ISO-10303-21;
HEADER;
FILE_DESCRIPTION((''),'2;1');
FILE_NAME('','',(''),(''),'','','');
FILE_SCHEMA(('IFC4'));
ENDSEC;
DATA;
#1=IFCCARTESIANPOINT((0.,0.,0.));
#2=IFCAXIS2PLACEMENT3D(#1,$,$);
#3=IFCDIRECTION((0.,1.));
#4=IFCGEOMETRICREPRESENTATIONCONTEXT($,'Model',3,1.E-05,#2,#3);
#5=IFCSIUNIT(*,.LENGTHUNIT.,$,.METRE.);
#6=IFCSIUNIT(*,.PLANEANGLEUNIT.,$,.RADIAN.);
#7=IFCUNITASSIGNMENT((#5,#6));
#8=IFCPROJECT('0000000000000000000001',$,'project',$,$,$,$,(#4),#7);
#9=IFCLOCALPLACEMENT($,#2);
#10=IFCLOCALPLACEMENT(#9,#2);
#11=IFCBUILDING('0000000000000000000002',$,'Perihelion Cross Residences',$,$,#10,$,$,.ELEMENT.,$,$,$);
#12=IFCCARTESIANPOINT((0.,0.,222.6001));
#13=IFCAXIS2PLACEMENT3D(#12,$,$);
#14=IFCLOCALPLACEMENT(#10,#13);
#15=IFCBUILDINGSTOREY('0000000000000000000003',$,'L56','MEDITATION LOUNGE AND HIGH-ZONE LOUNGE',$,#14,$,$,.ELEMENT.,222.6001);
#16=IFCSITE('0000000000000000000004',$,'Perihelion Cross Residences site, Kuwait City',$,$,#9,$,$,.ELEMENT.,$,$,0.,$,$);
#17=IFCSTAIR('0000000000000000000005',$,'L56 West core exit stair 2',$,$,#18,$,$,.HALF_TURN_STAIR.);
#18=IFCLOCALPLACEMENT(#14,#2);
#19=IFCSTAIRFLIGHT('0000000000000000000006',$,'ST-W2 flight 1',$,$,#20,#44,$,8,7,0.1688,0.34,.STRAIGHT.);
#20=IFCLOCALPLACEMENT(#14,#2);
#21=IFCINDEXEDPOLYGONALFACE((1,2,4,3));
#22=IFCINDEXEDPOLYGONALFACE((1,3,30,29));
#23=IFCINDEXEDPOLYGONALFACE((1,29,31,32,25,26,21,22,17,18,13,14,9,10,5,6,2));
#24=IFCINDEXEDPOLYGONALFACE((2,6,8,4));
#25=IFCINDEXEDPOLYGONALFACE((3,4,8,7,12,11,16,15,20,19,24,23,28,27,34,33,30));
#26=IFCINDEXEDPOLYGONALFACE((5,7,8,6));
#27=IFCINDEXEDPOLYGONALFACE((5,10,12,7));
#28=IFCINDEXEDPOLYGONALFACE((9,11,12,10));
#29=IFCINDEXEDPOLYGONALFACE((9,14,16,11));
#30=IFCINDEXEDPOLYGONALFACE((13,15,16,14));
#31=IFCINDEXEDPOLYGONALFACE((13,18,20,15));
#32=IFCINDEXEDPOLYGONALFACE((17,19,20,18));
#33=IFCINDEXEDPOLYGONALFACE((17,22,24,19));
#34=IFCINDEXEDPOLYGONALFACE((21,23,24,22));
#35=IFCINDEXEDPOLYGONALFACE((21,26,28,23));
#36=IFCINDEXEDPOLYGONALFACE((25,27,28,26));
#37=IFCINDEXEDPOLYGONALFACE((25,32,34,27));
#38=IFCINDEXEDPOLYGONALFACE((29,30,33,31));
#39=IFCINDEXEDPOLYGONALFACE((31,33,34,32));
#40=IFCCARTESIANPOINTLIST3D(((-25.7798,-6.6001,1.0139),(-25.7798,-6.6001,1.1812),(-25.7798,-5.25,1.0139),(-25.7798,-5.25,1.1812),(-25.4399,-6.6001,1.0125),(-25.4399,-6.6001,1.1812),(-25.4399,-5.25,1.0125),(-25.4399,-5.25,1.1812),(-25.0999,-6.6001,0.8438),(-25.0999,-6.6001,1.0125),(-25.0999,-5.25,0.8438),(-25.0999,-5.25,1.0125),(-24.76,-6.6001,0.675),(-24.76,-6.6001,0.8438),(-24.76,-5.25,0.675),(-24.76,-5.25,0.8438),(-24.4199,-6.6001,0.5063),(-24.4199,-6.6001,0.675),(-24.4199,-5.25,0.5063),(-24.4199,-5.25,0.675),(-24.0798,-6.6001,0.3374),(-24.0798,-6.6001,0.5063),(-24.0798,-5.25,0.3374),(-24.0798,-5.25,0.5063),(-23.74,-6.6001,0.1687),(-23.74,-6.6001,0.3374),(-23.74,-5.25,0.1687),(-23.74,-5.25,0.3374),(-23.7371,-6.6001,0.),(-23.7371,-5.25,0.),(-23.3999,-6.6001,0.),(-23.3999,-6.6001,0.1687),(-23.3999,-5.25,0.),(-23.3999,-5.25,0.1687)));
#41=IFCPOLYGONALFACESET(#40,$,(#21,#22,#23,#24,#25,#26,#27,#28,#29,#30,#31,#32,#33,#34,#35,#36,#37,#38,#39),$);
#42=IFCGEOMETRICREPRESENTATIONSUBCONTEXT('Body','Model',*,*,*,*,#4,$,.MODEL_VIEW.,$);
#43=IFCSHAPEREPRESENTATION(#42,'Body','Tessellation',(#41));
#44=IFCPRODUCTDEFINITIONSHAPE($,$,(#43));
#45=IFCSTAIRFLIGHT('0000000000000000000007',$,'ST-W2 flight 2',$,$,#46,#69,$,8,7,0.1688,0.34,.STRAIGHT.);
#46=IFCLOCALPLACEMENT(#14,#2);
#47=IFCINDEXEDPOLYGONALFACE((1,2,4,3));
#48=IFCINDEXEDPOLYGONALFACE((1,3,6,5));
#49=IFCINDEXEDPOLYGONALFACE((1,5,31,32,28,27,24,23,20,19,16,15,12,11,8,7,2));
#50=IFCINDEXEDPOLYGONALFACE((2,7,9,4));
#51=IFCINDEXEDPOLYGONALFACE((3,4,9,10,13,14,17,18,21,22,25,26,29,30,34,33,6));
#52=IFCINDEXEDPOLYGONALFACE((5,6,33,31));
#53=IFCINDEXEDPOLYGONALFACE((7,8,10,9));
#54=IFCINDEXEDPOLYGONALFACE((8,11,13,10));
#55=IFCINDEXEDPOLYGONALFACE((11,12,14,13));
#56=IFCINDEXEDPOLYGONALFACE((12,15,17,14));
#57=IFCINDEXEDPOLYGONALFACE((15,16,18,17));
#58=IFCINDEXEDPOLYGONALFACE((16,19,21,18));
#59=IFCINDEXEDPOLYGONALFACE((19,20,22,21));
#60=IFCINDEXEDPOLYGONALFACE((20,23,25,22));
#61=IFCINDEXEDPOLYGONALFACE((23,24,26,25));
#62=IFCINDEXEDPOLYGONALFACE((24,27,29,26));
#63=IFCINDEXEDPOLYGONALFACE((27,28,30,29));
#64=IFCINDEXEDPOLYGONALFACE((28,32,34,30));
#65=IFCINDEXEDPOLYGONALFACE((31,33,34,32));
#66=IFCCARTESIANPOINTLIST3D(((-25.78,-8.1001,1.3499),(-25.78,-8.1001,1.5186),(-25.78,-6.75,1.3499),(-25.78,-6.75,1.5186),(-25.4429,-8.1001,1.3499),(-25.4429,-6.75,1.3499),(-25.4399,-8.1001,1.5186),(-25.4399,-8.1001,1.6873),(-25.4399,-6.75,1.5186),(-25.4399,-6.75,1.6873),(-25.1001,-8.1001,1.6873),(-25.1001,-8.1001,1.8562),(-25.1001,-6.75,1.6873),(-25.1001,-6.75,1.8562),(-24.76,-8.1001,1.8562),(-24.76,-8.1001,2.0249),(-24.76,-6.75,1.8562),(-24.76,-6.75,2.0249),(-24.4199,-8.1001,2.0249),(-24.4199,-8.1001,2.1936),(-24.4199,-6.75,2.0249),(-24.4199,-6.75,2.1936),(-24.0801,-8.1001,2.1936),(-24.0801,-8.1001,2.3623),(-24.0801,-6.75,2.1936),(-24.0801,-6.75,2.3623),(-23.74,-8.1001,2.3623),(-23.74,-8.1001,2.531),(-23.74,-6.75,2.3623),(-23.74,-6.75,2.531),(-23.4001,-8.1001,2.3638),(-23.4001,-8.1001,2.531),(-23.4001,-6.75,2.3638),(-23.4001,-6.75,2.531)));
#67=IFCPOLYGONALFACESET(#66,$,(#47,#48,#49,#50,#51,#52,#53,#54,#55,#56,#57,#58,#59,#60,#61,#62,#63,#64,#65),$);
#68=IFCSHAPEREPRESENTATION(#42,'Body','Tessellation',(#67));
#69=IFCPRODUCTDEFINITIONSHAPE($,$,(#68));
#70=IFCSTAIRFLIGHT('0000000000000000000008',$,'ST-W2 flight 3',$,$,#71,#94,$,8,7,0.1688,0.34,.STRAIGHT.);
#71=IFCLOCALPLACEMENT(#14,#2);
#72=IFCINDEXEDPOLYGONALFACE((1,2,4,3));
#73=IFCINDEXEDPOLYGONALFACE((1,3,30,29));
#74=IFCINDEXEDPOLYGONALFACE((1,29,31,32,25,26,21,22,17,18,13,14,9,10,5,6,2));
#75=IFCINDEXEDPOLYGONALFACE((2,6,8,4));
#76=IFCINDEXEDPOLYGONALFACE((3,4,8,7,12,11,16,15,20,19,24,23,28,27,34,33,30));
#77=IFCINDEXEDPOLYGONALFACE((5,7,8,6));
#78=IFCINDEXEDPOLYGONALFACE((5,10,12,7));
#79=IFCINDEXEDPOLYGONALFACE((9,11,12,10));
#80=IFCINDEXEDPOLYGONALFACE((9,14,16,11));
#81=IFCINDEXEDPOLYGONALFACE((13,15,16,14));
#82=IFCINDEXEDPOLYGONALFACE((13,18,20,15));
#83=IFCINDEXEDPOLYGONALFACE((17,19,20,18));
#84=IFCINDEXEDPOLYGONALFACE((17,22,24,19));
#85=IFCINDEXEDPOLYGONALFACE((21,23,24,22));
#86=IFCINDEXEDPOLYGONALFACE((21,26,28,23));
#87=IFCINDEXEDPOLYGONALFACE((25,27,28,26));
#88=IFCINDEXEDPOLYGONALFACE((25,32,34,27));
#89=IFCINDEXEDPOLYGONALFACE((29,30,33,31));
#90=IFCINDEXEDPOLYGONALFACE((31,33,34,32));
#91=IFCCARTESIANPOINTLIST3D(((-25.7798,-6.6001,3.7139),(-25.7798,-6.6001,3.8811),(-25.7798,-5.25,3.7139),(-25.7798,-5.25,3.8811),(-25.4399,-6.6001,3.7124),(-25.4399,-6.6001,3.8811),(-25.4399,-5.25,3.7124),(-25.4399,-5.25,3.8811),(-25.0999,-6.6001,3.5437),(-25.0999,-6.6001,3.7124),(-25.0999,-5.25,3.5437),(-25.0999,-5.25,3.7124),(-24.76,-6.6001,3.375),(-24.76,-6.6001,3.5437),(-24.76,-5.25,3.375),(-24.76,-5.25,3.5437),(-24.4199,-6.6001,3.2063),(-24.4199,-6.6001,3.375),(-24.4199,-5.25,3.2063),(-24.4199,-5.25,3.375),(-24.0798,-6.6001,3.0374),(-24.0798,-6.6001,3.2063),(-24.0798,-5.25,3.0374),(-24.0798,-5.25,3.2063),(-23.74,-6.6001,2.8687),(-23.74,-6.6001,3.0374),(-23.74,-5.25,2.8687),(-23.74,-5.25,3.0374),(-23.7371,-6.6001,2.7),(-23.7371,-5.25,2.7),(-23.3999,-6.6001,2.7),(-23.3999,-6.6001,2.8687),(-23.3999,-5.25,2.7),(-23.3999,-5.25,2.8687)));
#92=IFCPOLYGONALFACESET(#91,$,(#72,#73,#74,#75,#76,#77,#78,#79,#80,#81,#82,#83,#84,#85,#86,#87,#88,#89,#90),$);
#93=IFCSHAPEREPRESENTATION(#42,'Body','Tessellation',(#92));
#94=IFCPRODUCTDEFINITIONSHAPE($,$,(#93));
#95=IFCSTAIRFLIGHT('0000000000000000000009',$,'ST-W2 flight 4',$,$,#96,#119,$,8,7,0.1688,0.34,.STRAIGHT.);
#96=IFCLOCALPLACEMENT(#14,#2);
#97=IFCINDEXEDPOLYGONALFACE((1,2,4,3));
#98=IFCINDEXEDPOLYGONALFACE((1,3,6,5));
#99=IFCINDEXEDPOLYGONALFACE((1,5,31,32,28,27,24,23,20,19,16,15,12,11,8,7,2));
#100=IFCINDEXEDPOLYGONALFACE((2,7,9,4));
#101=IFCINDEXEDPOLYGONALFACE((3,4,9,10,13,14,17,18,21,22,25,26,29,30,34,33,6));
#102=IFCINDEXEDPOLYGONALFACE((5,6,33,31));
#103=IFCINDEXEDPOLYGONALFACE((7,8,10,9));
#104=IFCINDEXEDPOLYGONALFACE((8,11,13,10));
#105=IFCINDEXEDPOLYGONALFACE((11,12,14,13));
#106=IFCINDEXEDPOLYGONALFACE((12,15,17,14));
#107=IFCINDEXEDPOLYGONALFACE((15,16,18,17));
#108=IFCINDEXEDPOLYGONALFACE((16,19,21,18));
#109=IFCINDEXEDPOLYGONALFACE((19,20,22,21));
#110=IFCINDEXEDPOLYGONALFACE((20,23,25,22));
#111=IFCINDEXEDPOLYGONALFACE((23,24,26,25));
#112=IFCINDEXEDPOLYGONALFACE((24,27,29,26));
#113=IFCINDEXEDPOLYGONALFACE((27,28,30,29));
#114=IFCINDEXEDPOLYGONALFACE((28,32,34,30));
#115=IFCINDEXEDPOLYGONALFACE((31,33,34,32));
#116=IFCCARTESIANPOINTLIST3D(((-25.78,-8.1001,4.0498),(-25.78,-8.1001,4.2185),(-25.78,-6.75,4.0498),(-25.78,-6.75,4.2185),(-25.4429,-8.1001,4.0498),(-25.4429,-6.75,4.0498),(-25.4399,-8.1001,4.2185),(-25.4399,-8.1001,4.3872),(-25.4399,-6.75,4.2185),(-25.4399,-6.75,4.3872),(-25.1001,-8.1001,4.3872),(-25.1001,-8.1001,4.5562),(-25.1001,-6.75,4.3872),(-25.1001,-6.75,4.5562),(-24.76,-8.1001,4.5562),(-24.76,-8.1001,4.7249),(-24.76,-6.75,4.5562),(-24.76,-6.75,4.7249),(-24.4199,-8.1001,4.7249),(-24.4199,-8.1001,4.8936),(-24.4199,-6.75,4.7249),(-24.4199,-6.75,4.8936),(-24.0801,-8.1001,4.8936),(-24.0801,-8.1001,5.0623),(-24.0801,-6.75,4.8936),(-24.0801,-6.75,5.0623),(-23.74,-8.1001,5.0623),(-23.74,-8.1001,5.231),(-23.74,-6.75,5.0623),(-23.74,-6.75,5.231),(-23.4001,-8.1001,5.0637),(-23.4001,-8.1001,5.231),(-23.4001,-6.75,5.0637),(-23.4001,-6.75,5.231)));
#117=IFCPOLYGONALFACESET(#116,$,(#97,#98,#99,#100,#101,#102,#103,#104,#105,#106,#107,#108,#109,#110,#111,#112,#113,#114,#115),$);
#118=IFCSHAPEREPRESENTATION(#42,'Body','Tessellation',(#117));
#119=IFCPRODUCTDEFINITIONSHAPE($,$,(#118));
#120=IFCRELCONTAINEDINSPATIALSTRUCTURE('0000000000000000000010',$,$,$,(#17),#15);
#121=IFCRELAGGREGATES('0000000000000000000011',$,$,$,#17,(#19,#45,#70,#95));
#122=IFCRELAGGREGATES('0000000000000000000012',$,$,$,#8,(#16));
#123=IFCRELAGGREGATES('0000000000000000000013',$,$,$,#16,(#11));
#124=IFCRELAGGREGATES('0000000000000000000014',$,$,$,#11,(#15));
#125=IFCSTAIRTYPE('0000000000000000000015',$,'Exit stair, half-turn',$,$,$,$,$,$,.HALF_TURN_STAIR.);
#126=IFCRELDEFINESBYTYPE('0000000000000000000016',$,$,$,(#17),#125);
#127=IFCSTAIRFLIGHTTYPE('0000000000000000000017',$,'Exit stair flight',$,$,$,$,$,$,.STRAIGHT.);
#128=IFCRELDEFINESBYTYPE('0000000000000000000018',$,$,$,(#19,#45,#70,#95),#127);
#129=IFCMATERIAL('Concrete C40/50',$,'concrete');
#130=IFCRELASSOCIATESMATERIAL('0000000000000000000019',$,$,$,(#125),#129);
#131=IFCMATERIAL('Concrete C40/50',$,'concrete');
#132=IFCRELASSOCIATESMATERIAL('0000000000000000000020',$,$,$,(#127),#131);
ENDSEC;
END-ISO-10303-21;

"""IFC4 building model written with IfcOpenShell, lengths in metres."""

from ifc_helpers import new_model, si_unit, direction, frame, origin, place, context, subcontext, project, spatial, polyline, outline, extrude, material, type_object, element, aggregate, save


model = new_model("IFC4")

# Units and contexts
model_context = context("Model", 3, precision=1e-05, world=origin(), true_north=direction((0.0, 1.0)))
body_context = subcontext(model_context, "Body", "Model", "MODEL_VIEW")
ifc_project = project(units=[si_unit("LENGTHUNIT", "METRE"), si_unit("PLANEANGLEUNIT", "RADIAN")], contexts=[model_context])

# Site, building, storey
site_placement = place(None, origin())
site = spatial("IfcSite", under=ifc_project, at=site_placement, Name="Perihelion Cross Residences site, Kuwait City", CompositionType="ELEMENT", RefElevation=0.0)
building_placement = place(site_placement, origin())
building = spatial("IfcBuilding", under=site, at=building_placement, Name="Perihelion Cross Residences", CompositionType="ELEMENT")
storey_placement = place(building_placement, frame((0.0, 0.0, 222.6001)))
storey = spatial("IfcBuildingStorey", under=building, at=storey_placement, Name="L56", Description="MEDITATION LOUNGE AND HIGH-ZONE LOUNGE", CompositionType="ELEMENT", Elevation=222.6001)

# Stair, stair flights
ifc_material_1 = material(Name="Concrete C40/50", Category="concrete")
stair_type = type_object("IfcStairType", Name="Exit stair, half-turn", PredefinedType="HALF_TURN_STAIR", material=ifc_material_1)
stair_placement = place(storey_placement, origin())
stair = element("IfcStair", 1, at=stair_placement, inside=storey, type_object=stair_type, Name="L56 West core exit stair 2", PredefinedType="HALF_TURN_STAIR")
ifc_material_2 = material(Name="Concrete C40/50", Category="concrete")
stair_flight_type = type_object("IfcStairFlightType", Name="Exit stair flight", PredefinedType="STRAIGHT", material=ifc_material_2)
stair_flight_1_placement = place(storey_placement, frame((-23.3999, -5.925, 0.0), z_axis=(0.0, 0.0, 1.0), x_axis=(-1.0, 0.0, 0.0)))
stair_flight_1 = element("IfcStairFlight", 2, at=stair_flight_1_placement, type_object=stair_flight_type, Name="ST-W2 flight 1", NumberOfRisers=8, NumberOfTreads=7, PredefinedType="STRAIGHT", RiserHeight=0.1688, TreadLength=0.34, context=body_context, shape_type="SweptSolid", body=[
    extrude(outline(polyline([(0.0, 0.0), (0.0, 0.1687), (0.3401, 0.1687), (0.3401, 0.3374), (0.6799, 0.3374), (0.6799, 0.5063), (1.02, 0.5063), (1.02, 0.675), (1.3601, 0.675), (1.3601, 0.8438), (1.7, 0.8438), (1.7, 1.0125), (2.04, 1.0125), (2.04, 1.1812), (2.3799, 1.1812), (2.3799, 1.3501), (2.3799, 1.0139), (0.3372, 0.0), (0.0, 0.0)])), frame((0.0, 0.675, 0.0), z_axis=(0.0, -1.0, 0.0), x_axis=(1.0, 0.0, 0.0)), (0.0, 0.0, 1.0), 1.3501),
])
stair_flight_2_placement = place(storey_placement, frame((-25.78, -7.425, 1.3499), z_axis=(0.0, 0.0, 1.0), x_axis=(1.0, 0.0, 0.0)))
stair_flight_2 = element("IfcStairFlight", 3, at=stair_flight_2_placement, type_object=stair_flight_type, Name="ST-W2 flight 2", NumberOfRisers=8, NumberOfTreads=7, PredefinedType="STRAIGHT", RiserHeight=0.1688, TreadLength=0.34, context=body_context, shape_type="SweptSolid", body=[
    extrude(outline(polyline([(0.0, 0.0), (0.0, 0.1687), (0.3401, 0.1687), (0.3401, 0.3374), (0.6799, 0.3374), (0.6799, 0.5063), (1.02, 0.5063), (1.02, 0.675), (1.3601, 0.675), (1.3601, 0.8438), (1.7, 0.8438), (1.7, 1.0125), (2.04, 1.0125), (2.04, 1.1812), (2.3799, 1.1812), (2.3799, 1.3501), (2.3799, 1.0139), (0.3372, 0.0), (0.0, 0.0)])), frame((0.0, 0.675, 0.0), z_axis=(0.0, -1.0, 0.0), x_axis=(1.0, 0.0, 0.0)), (0.0, 0.0, 1.0), 1.3501),
])
stair_flight_3_placement = place(storey_placement, frame((-23.3999, -5.925, 2.7), z_axis=(0.0, 0.0, 1.0), x_axis=(-1.0, 0.0, 0.0)))
stair_flight_3 = element("IfcStairFlight", 4, at=stair_flight_3_placement, type_object=stair_flight_type, Name="ST-W2 flight 3", NumberOfRisers=8, NumberOfTreads=7, PredefinedType="STRAIGHT", RiserHeight=0.1688, TreadLength=0.34, context=body_context, shape_type="SweptSolid", body=[
    extrude(outline(polyline([(0.0, 0.0), (0.0, 0.1687), (0.3401, 0.1687), (0.3401, 0.3374), (0.6799, 0.3374), (0.6799, 0.5063), (1.02, 0.5063), (1.02, 0.675), (1.3601, 0.675), (1.3601, 0.8438), (1.7, 0.8438), (1.7, 1.0125), (2.04, 1.0125), (2.04, 1.1812), (2.3799, 1.1812), (2.3799, 1.3501), (2.3799, 1.0139), (0.3372, 0.0), (0.0, 0.0)])), frame((0.0, 0.675, 0.0), z_axis=(0.0, -1.0, 0.0), x_axis=(1.0, 0.0, 0.0)), (0.0, 0.0, 1.0), 1.3501),
])
stair_flight_4_placement = place(storey_placement, frame((-25.78, -7.425, 4.0498), z_axis=(0.0, 0.0, 1.0), x_axis=(1.0, 0.0, 0.0)))
stair_flight_4 = element("IfcStairFlight", 5, at=stair_flight_4_placement, type_object=stair_flight_type, Name="ST-W2 flight 4", NumberOfRisers=8, NumberOfTreads=7, PredefinedType="STRAIGHT", RiserHeight=0.1688, TreadLength=0.34, context=body_context, shape_type="SweptSolid", body=[
    extrude(outline(polyline([(0.0, 0.0), (0.0, 0.1687), (0.3401, 0.1687), (0.3401, 0.3374), (0.6799, 0.3374), (0.6799, 0.5063), (1.02, 0.5063), (1.02, 0.675), (1.3601, 0.675), (1.3601, 0.8438), (1.7, 0.8438), (1.7, 1.0125), (2.04, 1.0125), (2.04, 1.1812), (2.3799, 1.1812), (2.3799, 1.3501), (2.3799, 1.0139), (0.3372, 0.0), (0.0, 0.0)])), frame((0.0, 0.675, 0.0), z_axis=(0.0, -1.0, 0.0), x_axis=(1.0, 0.0, 0.0)), (0.0, 0.0, 1.0), 1.3501),
])
aggregate(stair, [stair_flight_1, stair_flight_2, stair_flight_3, stair_flight_4])

save(model, "model.ifc")
